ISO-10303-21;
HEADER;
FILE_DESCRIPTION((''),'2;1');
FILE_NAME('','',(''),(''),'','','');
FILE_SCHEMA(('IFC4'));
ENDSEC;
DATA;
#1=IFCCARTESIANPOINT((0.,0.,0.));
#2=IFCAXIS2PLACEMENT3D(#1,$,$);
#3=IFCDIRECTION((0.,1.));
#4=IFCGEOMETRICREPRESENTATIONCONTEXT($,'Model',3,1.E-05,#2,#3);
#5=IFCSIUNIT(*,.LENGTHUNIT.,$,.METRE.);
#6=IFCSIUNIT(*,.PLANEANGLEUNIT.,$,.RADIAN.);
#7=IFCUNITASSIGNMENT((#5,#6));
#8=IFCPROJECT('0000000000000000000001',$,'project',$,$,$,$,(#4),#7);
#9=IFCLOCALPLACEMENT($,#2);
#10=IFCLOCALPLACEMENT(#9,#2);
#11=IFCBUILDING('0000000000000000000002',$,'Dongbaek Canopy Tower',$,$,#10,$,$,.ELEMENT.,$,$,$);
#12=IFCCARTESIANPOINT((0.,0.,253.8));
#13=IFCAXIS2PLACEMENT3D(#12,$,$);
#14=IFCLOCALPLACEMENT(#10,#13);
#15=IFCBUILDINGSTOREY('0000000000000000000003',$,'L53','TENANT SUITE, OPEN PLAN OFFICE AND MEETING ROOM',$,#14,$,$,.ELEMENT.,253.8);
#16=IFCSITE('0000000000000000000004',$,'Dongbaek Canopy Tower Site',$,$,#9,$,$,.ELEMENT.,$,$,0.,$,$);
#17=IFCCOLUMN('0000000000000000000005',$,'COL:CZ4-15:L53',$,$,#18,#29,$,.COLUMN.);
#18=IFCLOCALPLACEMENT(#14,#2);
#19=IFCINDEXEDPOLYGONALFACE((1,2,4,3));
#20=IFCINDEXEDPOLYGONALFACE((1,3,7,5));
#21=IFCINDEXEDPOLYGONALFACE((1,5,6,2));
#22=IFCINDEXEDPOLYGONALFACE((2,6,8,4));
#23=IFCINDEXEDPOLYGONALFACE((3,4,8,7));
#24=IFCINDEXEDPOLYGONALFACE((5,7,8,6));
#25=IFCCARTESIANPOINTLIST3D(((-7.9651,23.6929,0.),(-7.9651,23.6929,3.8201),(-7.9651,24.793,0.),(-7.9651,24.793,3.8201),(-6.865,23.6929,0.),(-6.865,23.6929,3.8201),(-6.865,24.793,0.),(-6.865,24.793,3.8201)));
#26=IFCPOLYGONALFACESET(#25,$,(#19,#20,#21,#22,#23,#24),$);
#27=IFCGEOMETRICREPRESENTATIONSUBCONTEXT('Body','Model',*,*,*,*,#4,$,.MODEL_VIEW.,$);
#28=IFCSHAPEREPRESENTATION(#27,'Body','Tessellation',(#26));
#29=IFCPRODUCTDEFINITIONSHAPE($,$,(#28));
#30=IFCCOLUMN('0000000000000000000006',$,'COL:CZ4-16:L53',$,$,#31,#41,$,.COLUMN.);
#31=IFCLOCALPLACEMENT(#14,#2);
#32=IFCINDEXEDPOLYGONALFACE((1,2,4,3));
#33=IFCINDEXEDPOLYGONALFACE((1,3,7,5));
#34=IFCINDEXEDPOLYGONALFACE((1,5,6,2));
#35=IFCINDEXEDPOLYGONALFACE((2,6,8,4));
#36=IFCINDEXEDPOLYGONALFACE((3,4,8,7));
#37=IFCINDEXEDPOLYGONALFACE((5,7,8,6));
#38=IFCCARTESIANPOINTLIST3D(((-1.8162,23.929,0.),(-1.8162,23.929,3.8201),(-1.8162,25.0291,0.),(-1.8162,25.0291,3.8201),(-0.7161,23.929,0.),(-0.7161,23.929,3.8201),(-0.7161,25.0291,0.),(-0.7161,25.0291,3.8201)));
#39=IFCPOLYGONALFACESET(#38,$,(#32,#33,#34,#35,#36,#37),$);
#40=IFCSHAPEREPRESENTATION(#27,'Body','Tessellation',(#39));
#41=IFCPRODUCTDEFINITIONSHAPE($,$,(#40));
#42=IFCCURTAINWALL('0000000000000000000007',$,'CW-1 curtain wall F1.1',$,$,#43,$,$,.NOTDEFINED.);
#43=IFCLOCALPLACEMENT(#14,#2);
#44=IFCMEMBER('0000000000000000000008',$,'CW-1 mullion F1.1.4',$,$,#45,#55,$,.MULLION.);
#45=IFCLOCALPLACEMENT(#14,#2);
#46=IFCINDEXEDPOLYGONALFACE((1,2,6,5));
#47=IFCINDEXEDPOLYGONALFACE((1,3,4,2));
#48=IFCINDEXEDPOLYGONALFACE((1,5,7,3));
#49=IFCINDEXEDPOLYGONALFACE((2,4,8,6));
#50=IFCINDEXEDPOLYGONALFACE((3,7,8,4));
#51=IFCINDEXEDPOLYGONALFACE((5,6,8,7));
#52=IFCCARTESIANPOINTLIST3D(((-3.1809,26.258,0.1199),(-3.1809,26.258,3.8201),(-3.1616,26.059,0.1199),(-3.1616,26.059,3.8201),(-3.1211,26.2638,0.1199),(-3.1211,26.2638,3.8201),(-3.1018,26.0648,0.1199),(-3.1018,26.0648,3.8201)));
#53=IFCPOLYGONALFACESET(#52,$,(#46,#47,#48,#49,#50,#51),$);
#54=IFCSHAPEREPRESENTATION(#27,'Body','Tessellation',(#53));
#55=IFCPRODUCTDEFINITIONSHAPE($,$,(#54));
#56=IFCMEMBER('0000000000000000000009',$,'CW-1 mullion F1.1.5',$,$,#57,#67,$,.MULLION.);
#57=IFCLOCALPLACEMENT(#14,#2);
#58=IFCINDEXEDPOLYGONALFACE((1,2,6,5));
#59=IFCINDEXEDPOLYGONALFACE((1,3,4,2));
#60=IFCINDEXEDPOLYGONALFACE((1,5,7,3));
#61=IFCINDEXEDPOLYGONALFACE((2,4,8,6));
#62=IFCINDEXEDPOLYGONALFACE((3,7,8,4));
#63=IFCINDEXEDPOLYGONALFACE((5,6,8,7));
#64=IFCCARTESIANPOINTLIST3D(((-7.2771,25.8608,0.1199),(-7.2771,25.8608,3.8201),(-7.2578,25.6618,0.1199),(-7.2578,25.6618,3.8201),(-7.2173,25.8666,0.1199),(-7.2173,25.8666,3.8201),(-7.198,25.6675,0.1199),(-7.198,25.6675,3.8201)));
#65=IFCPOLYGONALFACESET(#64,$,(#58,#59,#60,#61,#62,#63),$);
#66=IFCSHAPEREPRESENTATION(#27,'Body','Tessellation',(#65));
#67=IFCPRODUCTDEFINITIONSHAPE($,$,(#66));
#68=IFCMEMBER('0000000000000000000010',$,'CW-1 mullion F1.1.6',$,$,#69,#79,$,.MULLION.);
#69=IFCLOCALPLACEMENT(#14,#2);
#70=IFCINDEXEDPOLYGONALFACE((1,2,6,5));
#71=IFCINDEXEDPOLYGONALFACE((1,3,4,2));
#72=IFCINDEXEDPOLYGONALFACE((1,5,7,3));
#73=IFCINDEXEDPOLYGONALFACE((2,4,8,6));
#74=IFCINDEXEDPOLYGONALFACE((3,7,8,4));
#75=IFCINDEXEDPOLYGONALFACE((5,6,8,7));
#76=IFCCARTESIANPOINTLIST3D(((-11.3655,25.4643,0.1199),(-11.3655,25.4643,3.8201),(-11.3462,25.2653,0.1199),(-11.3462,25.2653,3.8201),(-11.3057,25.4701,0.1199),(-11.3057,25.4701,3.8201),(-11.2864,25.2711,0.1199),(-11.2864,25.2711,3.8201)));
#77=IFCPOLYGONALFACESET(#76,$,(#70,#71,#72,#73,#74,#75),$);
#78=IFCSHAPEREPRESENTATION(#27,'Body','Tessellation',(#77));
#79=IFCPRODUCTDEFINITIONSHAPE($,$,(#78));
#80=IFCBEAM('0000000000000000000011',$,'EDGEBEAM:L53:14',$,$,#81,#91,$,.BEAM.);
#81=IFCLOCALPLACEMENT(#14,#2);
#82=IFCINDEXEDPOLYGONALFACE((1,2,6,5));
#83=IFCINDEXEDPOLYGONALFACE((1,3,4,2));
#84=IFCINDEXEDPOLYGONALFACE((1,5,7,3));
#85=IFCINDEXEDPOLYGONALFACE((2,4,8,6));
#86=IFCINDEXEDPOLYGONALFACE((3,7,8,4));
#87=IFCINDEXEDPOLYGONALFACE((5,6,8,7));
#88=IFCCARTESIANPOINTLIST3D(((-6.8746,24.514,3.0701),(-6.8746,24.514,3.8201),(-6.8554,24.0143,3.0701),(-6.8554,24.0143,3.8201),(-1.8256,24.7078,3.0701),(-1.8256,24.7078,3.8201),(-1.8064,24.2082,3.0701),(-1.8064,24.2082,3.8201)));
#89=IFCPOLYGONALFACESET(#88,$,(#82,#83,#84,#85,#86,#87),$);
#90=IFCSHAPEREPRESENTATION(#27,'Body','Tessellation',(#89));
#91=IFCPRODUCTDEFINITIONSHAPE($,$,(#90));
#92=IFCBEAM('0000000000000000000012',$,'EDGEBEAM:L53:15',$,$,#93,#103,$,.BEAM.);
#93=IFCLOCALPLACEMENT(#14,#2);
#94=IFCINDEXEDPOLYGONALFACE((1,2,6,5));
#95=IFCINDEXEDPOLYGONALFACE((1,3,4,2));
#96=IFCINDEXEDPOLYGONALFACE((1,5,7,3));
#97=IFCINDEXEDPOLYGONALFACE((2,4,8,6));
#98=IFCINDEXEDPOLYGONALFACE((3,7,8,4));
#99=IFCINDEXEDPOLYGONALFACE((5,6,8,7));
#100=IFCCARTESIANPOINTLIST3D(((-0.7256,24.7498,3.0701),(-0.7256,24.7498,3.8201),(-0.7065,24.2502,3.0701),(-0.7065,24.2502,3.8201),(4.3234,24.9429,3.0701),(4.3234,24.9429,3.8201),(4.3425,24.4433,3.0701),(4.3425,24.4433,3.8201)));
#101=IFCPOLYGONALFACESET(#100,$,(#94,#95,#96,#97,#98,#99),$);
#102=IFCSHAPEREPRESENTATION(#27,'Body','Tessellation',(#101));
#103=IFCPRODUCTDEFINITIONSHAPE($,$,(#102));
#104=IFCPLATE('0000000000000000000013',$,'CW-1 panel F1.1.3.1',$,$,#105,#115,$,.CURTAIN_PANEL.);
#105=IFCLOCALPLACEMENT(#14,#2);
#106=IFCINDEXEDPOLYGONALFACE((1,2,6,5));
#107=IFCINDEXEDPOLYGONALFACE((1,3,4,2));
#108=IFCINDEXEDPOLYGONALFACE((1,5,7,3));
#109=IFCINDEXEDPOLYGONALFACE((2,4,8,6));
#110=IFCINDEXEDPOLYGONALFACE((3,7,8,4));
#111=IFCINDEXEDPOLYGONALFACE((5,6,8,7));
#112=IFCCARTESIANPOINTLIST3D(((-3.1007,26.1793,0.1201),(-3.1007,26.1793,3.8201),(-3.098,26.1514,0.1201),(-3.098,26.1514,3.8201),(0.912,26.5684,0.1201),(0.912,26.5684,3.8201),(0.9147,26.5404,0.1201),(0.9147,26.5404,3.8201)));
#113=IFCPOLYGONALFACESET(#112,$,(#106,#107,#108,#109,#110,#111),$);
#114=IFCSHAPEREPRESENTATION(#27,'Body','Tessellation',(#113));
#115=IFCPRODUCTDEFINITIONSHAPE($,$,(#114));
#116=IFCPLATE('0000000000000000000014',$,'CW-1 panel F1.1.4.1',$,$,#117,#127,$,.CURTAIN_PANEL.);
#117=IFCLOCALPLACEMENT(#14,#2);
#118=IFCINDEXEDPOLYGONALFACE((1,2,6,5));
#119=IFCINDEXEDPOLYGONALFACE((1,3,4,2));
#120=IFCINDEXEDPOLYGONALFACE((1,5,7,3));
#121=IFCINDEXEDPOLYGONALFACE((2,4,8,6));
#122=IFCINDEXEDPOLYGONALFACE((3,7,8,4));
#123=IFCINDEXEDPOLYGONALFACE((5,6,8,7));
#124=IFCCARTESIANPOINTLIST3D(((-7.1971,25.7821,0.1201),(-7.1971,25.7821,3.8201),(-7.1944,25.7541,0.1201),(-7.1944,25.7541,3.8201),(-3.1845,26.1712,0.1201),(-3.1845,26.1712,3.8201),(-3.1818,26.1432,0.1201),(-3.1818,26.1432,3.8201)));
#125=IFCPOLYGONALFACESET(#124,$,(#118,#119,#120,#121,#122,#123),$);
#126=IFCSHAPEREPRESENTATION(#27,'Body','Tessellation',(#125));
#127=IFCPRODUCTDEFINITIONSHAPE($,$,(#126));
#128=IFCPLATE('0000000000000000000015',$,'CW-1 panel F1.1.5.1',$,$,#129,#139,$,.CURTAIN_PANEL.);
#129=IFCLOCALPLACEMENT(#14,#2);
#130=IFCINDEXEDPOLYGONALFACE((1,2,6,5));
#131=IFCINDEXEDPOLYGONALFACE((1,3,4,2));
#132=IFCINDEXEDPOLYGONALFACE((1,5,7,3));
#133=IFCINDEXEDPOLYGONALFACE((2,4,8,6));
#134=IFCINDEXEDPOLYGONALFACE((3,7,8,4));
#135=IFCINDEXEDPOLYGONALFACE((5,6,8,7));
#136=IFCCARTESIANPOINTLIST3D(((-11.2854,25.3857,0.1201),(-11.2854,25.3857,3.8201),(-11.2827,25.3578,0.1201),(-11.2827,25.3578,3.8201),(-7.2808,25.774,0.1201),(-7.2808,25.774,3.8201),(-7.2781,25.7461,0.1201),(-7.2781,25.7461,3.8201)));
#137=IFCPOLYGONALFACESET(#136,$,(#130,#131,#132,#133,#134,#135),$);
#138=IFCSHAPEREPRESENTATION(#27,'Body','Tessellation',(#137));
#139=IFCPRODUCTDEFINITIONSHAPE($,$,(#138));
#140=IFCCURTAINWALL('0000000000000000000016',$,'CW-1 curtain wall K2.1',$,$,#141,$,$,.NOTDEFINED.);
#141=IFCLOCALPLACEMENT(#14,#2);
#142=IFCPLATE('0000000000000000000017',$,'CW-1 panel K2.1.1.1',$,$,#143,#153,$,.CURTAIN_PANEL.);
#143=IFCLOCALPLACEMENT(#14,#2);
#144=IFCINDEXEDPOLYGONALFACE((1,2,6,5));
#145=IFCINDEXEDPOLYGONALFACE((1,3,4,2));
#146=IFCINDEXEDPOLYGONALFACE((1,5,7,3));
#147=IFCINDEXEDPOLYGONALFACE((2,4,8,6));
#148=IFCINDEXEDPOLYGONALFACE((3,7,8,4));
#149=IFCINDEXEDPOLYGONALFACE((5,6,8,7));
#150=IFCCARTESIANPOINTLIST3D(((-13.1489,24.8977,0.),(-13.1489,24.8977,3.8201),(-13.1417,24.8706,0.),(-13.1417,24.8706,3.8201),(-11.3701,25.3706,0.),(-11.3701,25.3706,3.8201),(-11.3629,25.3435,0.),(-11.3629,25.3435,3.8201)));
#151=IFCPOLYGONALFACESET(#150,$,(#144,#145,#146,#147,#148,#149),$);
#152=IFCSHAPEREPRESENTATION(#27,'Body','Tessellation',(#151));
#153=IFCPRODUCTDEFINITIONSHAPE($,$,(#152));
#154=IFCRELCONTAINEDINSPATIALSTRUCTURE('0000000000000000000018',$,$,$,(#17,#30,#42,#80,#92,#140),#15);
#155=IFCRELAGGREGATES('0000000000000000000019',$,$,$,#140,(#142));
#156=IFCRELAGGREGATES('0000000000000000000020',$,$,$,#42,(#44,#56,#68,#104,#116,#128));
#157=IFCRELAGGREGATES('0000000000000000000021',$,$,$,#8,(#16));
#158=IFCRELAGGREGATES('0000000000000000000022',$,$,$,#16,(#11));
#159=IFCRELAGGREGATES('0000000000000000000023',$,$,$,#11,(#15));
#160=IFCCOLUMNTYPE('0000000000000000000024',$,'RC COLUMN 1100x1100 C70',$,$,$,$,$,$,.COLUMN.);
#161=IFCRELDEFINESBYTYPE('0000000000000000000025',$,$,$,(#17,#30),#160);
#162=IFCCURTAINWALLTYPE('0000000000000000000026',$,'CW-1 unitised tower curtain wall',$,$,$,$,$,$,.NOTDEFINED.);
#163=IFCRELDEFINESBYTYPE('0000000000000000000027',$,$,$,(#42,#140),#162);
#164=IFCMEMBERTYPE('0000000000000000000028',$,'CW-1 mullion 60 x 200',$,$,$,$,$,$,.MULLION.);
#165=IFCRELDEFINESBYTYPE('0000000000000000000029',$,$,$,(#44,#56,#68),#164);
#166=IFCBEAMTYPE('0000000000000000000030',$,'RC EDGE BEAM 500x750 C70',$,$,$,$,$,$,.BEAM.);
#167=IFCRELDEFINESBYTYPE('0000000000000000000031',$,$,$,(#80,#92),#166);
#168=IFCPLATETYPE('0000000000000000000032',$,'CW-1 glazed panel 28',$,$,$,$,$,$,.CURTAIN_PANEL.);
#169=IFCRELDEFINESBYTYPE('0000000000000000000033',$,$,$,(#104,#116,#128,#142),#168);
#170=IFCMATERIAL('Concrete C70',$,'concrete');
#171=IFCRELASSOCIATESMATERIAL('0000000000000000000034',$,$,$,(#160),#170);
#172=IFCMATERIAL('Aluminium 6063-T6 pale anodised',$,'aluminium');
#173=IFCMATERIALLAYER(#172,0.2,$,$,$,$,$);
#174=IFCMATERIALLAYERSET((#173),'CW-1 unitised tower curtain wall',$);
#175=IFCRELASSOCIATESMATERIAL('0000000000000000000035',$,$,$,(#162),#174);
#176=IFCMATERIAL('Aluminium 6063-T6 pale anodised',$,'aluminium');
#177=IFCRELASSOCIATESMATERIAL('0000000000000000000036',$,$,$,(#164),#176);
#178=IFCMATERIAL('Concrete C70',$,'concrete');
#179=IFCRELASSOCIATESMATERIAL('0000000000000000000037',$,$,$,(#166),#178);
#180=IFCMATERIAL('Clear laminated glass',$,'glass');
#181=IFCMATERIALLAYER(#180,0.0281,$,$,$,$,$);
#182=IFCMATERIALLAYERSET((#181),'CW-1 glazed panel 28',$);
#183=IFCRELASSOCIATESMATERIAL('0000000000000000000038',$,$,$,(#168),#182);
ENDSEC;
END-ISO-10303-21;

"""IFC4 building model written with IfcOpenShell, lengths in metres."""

from ifc_helpers import new_model, si_unit, direction, frame, origin, origin_2d, place, context, subcontext, project, spatial, rectangle, extrude, material, layer, layer_set, material_profile, profile_set, type_object, element, aggregate, save


model = new_model("IFC4")

# Units and contexts
model_context = context("Model", 3, precision=1e-05, world=origin(), true_north=direction((0.0, 1.0)))
body_context = subcontext(model_context, "Body", "Model", "MODEL_VIEW")
ifc_project = project(units=[si_unit("LENGTHUNIT", "METRE"), si_unit("PLANEANGLEUNIT", "RADIAN")], contexts=[model_context])

# Site, building, storey
site_placement = place(None, origin())
site = spatial("IfcSite", under=ifc_project, at=site_placement, Name="Dongbaek Canopy Tower Site", CompositionType="ELEMENT", RefElevation=0.0)
building_placement = place(site_placement, origin())
building = spatial("IfcBuilding", under=site, at=building_placement, Name="Dongbaek Canopy Tower", CompositionType="ELEMENT")
storey_placement = place(building_placement, frame((0.0, 0.0, 253.8)))
storey = spatial("IfcBuildingStorey", under=building, at=storey_placement, Name="L53", Description="TENANT SUITE, OPEN PLAN OFFICE AND MEETING ROOM", CompositionType="ELEMENT", Elevation=253.8)

# Columns
ifc_material_1 = material(Name="Concrete C70", Category="concrete")
ifc_material_profile_1 = material_profile(ifc_material_1, rectangle(XDim=1.1001, YDim=1.1001, at=origin_2d()), Name="RC COLUMN 1100x1100 C70")
ifc_profile_set_1 = profile_set([ifc_material_profile_1], Name="Concrete C70")
column_type = type_object("IfcColumnType", Name="RC COLUMN 1100x1100 C70", PredefinedType="COLUMN", material=ifc_profile_set_1)
for number, where, z_axis, x_axis, name in (
    (1, (-7.415, 24.2429, 0.0), (0.0, 0.0, 1.0), (1.0, 0.0, 0.0), "COL:CZ4-15:L53"),
    (2, (-1.2661, 24.479, 0.0), (0.0, 0.0, 1.0), (1.0, 0.0, 0.0), "COL:CZ4-16:L53"),
):
    element("IfcColumn", number, at=place(storey_placement, frame(where, z_axis=z_axis, x_axis=x_axis)), inside=storey, type_object=column_type, Name=name, PredefinedType="COLUMN", context=body_context, shape_type="SweptSolid", body=[
        extrude(rectangle(XDim=1.1001, YDim=1.1001, at=origin_2d()), origin(), (0.0, 0.0, 1.0), 3.8201),
    ])

# Curtain wall, members
ifc_material_2 = material(Name="Aluminium 6063-T6 pale anodised", Category="aluminium")
ifc_layer_1 = layer(ifc_material_2, 0.2)
ifc_layer_set_1 = layer_set([ifc_layer_1], Name="CW-1 unitised tower curtain wall")
curtain_wall_type = type_object("IfcCurtainWallType", Name="CW-1 unitised tower curtain wall", PredefinedType="NOTDEFINED", material=ifc_layer_set_1)
curtain_wall_1_placement = place(storey_placement, origin())
curtain_wall_1 = element("IfcCurtainWall", 3, at=curtain_wall_1_placement, inside=storey, type_object=curtain_wall_type, Name="CW-1 curtain wall F1.1", PredefinedType="NOTDEFINED")
ifc_material_3 = material(Name="Aluminium 6063-T6 pale anodised", Category="aluminium")
ifc_material_profile_2 = material_profile(ifc_material_3, rectangle(XDim=0.2, YDim=0.0601, at=origin_2d()), Name="CW-1 mullion 60 x 200")
ifc_profile_set_2 = profile_set([ifc_material_profile_2], Name="Aluminium 6063-T6 pale anodised")
member_type = type_object("IfcMemberType", Name="CW-1 mullion 60 x 200", PredefinedType="MULLION", material=ifc_profile_set_2)
member_1_placement = place(storey_placement, frame((-3.1414, 26.1614, 0.1199), z_axis=(0.0, 0.0, 1.0), x_axis=(-0.096506, 0.995332, 0.0)))
member_1 = element("IfcMember", 4, at=member_1_placement, type_object=member_type, Name="CW-1 mullion F1.1.4", PredefinedType="MULLION", context=body_context, shape_type="SweptSolid", body=[
    extrude(rectangle(XDim=0.2, YDim=0.0601, at=origin_2d()), origin(), (0.0, 0.0, 1.0), 3.7002),
])
member_2_placement = place(storey_placement, frame((-7.2375, 25.7642, 0.1199), z_axis=(0.0, 0.0, 1.0), x_axis=(-0.096506, 0.995332, 0.0)))
member_2 = element("IfcMember", 5, at=member_2_placement, type_object=member_type, Name="CW-1 mullion F1.1.5", PredefinedType="MULLION", context=body_context, shape_type="SweptSolid", body=[
    extrude(rectangle(XDim=0.2, YDim=0.0601, at=origin_2d()), origin(), (0.0, 0.0, 1.0), 3.7002),
])
member_3_placement = place(storey_placement, frame((-11.3259, 25.3677, 0.1199), z_axis=(0.0, 0.0, 1.0), x_axis=(-0.096506, 0.995332, 0.0)))
member_3 = element("IfcMember", 6, at=member_3_placement, type_object=member_type, Name="CW-1 mullion F1.1.6", PredefinedType="MULLION", context=body_context, shape_type="SweptSolid", body=[
    extrude(rectangle(XDim=0.2, YDim=0.0601, at=origin_2d()), origin(), (0.0, 0.0, 1.0), 3.7002),
])

# Beams
ifc_material_4 = material(Name="Concrete C70", Category="concrete")
ifc_material_profile_3 = material_profile(ifc_material_4, rectangle(XDim=0.5, YDim=0.75, at=origin_2d()), Name="RC EDGE BEAM 500x750 C70")
ifc_profile_set_3 = profile_set([ifc_material_profile_3], Name="Concrete C70")
beam_type = type_object("IfcBeamType", Name="RC EDGE BEAM 500x750 C70", PredefinedType="BEAM", material=ifc_profile_set_3)
for number, where, z_axis, x_axis, name in (
    (7, (-6.865, 24.2642, 3.4451), (0.999264, 0.038364, 0.0), (-0.038364, 0.999264, 0.0), "EDGEBEAM:L53:14"),
    (8, (-0.7161, 24.5, 3.4451), (0.999269, 0.03822, 0.0), (-0.03822, 0.999269, 0.0), "EDGEBEAM:L53:15"),
):
    element("IfcBeam", number, at=place(storey_placement, frame(where, z_axis=z_axis, x_axis=x_axis)), inside=storey, type_object=beam_type, Name=name, PredefinedType="BEAM", context=body_context, shape_type="SweptSolid", body=[
        extrude(rectangle(XDim=0.5, YDim=0.75, at=origin_2d()), origin(), (0.0, 0.0, 1.0), 5.0527),
    ])

# Plates
ifc_material_5 = material(Name="Clear laminated glass", Category="glass")
ifc_layer_2 = layer(ifc_material_5, 0.0281)
ifc_layer_set_2 = layer_set([ifc_layer_2], Name="CW-1 glazed panel 28")
plate_type = type_object("IfcPlateType", Name="CW-1 glazed panel 28", PredefinedType="CURTAIN_PANEL", material=ifc_layer_set_2)
plate_1_placement = place(storey_placement, frame((-1.093, 26.3599, 0.1201), z_axis=(0.0, 0.0, 1.0), x_axis=(-0.995332, -0.096506, 0.0)))
plate_1 = element("IfcPlate", 9, at=plate_1_placement, type_object=plate_type, Name="CW-1 panel F1.1.3.1", PredefinedType="CURTAIN_PANEL", context=body_context, shape_type="SweptSolid", body=[
    extrude(rectangle(XDim=4.0315, YDim=0.0281, at=origin_2d()), origin(), (0.0, 0.0, 1.0), 3.7),
])
plate_2_placement = place(storey_placement, frame((-5.1895, 25.9626, 0.1201), z_axis=(0.0, 0.0, 1.0), x_axis=(-0.995332, -0.096506, 0.0)))
plate_2 = element("IfcPlate", 10, at=plate_2_placement, type_object=plate_type, Name="CW-1 panel F1.1.4.1", PredefinedType="CURTAIN_PANEL", context=body_context, shape_type="SweptSolid", body=[
    extrude(rectangle(XDim=4.0315, YDim=0.0281, at=origin_2d()), origin(), (0.0, 0.0, 1.0), 3.7),
])
plate_3_placement = place(storey_placement, frame((-9.2817, 25.5659, 0.1201), z_axis=(0.0, 0.0, 1.0), x_axis=(-0.995332, -0.096506, 0.0)))
plate_3 = element("IfcPlate", 11, at=plate_3_placement, type_object=plate_type, Name="CW-1 panel F1.1.5.1", PredefinedType="CURTAIN_PANEL", context=body_context, shape_type="SweptSolid", body=[
    extrude(rectangle(XDim=4.0234, YDim=0.0281, at=origin_2d()), origin(), (0.0, 0.0, 1.0), 3.7),
])

# Curtain wall, plate
curtain_wall_2_placement = place(storey_placement, origin())
curtain_wall_2 = element("IfcCurtainWall", 12, at=curtain_wall_2_placement, inside=storey, type_object=curtain_wall_type, Name="CW-1 curtain wall K2.1", PredefinedType="NOTDEFINED")
plate_4_placement = place(storey_placement, frame((-12.2559, 25.1206, 0.0), z_axis=(0.0, 0.0, 1.0), x_axis=(-0.966438, -0.256901, 0.0)))
plate_4 = element("IfcPlate", 13, at=plate_4_placement, type_object=plate_type, Name="CW-1 panel K2.1.1.1", PredefinedType="CURTAIN_PANEL", context=body_context, shape_type="SweptSolid", body=[
    extrude(rectangle(XDim=1.8406, YDim=0.0281, at=origin_2d()), origin(), (0.0, 0.0, 1.0), 3.8201),
])
aggregate(curtain_wall_2, [plate_4])

aggregate(curtain_wall_1, [member_1, member_2, member_3, plate_1, plate_2, plate_3])

save(model, "model.ifc")
